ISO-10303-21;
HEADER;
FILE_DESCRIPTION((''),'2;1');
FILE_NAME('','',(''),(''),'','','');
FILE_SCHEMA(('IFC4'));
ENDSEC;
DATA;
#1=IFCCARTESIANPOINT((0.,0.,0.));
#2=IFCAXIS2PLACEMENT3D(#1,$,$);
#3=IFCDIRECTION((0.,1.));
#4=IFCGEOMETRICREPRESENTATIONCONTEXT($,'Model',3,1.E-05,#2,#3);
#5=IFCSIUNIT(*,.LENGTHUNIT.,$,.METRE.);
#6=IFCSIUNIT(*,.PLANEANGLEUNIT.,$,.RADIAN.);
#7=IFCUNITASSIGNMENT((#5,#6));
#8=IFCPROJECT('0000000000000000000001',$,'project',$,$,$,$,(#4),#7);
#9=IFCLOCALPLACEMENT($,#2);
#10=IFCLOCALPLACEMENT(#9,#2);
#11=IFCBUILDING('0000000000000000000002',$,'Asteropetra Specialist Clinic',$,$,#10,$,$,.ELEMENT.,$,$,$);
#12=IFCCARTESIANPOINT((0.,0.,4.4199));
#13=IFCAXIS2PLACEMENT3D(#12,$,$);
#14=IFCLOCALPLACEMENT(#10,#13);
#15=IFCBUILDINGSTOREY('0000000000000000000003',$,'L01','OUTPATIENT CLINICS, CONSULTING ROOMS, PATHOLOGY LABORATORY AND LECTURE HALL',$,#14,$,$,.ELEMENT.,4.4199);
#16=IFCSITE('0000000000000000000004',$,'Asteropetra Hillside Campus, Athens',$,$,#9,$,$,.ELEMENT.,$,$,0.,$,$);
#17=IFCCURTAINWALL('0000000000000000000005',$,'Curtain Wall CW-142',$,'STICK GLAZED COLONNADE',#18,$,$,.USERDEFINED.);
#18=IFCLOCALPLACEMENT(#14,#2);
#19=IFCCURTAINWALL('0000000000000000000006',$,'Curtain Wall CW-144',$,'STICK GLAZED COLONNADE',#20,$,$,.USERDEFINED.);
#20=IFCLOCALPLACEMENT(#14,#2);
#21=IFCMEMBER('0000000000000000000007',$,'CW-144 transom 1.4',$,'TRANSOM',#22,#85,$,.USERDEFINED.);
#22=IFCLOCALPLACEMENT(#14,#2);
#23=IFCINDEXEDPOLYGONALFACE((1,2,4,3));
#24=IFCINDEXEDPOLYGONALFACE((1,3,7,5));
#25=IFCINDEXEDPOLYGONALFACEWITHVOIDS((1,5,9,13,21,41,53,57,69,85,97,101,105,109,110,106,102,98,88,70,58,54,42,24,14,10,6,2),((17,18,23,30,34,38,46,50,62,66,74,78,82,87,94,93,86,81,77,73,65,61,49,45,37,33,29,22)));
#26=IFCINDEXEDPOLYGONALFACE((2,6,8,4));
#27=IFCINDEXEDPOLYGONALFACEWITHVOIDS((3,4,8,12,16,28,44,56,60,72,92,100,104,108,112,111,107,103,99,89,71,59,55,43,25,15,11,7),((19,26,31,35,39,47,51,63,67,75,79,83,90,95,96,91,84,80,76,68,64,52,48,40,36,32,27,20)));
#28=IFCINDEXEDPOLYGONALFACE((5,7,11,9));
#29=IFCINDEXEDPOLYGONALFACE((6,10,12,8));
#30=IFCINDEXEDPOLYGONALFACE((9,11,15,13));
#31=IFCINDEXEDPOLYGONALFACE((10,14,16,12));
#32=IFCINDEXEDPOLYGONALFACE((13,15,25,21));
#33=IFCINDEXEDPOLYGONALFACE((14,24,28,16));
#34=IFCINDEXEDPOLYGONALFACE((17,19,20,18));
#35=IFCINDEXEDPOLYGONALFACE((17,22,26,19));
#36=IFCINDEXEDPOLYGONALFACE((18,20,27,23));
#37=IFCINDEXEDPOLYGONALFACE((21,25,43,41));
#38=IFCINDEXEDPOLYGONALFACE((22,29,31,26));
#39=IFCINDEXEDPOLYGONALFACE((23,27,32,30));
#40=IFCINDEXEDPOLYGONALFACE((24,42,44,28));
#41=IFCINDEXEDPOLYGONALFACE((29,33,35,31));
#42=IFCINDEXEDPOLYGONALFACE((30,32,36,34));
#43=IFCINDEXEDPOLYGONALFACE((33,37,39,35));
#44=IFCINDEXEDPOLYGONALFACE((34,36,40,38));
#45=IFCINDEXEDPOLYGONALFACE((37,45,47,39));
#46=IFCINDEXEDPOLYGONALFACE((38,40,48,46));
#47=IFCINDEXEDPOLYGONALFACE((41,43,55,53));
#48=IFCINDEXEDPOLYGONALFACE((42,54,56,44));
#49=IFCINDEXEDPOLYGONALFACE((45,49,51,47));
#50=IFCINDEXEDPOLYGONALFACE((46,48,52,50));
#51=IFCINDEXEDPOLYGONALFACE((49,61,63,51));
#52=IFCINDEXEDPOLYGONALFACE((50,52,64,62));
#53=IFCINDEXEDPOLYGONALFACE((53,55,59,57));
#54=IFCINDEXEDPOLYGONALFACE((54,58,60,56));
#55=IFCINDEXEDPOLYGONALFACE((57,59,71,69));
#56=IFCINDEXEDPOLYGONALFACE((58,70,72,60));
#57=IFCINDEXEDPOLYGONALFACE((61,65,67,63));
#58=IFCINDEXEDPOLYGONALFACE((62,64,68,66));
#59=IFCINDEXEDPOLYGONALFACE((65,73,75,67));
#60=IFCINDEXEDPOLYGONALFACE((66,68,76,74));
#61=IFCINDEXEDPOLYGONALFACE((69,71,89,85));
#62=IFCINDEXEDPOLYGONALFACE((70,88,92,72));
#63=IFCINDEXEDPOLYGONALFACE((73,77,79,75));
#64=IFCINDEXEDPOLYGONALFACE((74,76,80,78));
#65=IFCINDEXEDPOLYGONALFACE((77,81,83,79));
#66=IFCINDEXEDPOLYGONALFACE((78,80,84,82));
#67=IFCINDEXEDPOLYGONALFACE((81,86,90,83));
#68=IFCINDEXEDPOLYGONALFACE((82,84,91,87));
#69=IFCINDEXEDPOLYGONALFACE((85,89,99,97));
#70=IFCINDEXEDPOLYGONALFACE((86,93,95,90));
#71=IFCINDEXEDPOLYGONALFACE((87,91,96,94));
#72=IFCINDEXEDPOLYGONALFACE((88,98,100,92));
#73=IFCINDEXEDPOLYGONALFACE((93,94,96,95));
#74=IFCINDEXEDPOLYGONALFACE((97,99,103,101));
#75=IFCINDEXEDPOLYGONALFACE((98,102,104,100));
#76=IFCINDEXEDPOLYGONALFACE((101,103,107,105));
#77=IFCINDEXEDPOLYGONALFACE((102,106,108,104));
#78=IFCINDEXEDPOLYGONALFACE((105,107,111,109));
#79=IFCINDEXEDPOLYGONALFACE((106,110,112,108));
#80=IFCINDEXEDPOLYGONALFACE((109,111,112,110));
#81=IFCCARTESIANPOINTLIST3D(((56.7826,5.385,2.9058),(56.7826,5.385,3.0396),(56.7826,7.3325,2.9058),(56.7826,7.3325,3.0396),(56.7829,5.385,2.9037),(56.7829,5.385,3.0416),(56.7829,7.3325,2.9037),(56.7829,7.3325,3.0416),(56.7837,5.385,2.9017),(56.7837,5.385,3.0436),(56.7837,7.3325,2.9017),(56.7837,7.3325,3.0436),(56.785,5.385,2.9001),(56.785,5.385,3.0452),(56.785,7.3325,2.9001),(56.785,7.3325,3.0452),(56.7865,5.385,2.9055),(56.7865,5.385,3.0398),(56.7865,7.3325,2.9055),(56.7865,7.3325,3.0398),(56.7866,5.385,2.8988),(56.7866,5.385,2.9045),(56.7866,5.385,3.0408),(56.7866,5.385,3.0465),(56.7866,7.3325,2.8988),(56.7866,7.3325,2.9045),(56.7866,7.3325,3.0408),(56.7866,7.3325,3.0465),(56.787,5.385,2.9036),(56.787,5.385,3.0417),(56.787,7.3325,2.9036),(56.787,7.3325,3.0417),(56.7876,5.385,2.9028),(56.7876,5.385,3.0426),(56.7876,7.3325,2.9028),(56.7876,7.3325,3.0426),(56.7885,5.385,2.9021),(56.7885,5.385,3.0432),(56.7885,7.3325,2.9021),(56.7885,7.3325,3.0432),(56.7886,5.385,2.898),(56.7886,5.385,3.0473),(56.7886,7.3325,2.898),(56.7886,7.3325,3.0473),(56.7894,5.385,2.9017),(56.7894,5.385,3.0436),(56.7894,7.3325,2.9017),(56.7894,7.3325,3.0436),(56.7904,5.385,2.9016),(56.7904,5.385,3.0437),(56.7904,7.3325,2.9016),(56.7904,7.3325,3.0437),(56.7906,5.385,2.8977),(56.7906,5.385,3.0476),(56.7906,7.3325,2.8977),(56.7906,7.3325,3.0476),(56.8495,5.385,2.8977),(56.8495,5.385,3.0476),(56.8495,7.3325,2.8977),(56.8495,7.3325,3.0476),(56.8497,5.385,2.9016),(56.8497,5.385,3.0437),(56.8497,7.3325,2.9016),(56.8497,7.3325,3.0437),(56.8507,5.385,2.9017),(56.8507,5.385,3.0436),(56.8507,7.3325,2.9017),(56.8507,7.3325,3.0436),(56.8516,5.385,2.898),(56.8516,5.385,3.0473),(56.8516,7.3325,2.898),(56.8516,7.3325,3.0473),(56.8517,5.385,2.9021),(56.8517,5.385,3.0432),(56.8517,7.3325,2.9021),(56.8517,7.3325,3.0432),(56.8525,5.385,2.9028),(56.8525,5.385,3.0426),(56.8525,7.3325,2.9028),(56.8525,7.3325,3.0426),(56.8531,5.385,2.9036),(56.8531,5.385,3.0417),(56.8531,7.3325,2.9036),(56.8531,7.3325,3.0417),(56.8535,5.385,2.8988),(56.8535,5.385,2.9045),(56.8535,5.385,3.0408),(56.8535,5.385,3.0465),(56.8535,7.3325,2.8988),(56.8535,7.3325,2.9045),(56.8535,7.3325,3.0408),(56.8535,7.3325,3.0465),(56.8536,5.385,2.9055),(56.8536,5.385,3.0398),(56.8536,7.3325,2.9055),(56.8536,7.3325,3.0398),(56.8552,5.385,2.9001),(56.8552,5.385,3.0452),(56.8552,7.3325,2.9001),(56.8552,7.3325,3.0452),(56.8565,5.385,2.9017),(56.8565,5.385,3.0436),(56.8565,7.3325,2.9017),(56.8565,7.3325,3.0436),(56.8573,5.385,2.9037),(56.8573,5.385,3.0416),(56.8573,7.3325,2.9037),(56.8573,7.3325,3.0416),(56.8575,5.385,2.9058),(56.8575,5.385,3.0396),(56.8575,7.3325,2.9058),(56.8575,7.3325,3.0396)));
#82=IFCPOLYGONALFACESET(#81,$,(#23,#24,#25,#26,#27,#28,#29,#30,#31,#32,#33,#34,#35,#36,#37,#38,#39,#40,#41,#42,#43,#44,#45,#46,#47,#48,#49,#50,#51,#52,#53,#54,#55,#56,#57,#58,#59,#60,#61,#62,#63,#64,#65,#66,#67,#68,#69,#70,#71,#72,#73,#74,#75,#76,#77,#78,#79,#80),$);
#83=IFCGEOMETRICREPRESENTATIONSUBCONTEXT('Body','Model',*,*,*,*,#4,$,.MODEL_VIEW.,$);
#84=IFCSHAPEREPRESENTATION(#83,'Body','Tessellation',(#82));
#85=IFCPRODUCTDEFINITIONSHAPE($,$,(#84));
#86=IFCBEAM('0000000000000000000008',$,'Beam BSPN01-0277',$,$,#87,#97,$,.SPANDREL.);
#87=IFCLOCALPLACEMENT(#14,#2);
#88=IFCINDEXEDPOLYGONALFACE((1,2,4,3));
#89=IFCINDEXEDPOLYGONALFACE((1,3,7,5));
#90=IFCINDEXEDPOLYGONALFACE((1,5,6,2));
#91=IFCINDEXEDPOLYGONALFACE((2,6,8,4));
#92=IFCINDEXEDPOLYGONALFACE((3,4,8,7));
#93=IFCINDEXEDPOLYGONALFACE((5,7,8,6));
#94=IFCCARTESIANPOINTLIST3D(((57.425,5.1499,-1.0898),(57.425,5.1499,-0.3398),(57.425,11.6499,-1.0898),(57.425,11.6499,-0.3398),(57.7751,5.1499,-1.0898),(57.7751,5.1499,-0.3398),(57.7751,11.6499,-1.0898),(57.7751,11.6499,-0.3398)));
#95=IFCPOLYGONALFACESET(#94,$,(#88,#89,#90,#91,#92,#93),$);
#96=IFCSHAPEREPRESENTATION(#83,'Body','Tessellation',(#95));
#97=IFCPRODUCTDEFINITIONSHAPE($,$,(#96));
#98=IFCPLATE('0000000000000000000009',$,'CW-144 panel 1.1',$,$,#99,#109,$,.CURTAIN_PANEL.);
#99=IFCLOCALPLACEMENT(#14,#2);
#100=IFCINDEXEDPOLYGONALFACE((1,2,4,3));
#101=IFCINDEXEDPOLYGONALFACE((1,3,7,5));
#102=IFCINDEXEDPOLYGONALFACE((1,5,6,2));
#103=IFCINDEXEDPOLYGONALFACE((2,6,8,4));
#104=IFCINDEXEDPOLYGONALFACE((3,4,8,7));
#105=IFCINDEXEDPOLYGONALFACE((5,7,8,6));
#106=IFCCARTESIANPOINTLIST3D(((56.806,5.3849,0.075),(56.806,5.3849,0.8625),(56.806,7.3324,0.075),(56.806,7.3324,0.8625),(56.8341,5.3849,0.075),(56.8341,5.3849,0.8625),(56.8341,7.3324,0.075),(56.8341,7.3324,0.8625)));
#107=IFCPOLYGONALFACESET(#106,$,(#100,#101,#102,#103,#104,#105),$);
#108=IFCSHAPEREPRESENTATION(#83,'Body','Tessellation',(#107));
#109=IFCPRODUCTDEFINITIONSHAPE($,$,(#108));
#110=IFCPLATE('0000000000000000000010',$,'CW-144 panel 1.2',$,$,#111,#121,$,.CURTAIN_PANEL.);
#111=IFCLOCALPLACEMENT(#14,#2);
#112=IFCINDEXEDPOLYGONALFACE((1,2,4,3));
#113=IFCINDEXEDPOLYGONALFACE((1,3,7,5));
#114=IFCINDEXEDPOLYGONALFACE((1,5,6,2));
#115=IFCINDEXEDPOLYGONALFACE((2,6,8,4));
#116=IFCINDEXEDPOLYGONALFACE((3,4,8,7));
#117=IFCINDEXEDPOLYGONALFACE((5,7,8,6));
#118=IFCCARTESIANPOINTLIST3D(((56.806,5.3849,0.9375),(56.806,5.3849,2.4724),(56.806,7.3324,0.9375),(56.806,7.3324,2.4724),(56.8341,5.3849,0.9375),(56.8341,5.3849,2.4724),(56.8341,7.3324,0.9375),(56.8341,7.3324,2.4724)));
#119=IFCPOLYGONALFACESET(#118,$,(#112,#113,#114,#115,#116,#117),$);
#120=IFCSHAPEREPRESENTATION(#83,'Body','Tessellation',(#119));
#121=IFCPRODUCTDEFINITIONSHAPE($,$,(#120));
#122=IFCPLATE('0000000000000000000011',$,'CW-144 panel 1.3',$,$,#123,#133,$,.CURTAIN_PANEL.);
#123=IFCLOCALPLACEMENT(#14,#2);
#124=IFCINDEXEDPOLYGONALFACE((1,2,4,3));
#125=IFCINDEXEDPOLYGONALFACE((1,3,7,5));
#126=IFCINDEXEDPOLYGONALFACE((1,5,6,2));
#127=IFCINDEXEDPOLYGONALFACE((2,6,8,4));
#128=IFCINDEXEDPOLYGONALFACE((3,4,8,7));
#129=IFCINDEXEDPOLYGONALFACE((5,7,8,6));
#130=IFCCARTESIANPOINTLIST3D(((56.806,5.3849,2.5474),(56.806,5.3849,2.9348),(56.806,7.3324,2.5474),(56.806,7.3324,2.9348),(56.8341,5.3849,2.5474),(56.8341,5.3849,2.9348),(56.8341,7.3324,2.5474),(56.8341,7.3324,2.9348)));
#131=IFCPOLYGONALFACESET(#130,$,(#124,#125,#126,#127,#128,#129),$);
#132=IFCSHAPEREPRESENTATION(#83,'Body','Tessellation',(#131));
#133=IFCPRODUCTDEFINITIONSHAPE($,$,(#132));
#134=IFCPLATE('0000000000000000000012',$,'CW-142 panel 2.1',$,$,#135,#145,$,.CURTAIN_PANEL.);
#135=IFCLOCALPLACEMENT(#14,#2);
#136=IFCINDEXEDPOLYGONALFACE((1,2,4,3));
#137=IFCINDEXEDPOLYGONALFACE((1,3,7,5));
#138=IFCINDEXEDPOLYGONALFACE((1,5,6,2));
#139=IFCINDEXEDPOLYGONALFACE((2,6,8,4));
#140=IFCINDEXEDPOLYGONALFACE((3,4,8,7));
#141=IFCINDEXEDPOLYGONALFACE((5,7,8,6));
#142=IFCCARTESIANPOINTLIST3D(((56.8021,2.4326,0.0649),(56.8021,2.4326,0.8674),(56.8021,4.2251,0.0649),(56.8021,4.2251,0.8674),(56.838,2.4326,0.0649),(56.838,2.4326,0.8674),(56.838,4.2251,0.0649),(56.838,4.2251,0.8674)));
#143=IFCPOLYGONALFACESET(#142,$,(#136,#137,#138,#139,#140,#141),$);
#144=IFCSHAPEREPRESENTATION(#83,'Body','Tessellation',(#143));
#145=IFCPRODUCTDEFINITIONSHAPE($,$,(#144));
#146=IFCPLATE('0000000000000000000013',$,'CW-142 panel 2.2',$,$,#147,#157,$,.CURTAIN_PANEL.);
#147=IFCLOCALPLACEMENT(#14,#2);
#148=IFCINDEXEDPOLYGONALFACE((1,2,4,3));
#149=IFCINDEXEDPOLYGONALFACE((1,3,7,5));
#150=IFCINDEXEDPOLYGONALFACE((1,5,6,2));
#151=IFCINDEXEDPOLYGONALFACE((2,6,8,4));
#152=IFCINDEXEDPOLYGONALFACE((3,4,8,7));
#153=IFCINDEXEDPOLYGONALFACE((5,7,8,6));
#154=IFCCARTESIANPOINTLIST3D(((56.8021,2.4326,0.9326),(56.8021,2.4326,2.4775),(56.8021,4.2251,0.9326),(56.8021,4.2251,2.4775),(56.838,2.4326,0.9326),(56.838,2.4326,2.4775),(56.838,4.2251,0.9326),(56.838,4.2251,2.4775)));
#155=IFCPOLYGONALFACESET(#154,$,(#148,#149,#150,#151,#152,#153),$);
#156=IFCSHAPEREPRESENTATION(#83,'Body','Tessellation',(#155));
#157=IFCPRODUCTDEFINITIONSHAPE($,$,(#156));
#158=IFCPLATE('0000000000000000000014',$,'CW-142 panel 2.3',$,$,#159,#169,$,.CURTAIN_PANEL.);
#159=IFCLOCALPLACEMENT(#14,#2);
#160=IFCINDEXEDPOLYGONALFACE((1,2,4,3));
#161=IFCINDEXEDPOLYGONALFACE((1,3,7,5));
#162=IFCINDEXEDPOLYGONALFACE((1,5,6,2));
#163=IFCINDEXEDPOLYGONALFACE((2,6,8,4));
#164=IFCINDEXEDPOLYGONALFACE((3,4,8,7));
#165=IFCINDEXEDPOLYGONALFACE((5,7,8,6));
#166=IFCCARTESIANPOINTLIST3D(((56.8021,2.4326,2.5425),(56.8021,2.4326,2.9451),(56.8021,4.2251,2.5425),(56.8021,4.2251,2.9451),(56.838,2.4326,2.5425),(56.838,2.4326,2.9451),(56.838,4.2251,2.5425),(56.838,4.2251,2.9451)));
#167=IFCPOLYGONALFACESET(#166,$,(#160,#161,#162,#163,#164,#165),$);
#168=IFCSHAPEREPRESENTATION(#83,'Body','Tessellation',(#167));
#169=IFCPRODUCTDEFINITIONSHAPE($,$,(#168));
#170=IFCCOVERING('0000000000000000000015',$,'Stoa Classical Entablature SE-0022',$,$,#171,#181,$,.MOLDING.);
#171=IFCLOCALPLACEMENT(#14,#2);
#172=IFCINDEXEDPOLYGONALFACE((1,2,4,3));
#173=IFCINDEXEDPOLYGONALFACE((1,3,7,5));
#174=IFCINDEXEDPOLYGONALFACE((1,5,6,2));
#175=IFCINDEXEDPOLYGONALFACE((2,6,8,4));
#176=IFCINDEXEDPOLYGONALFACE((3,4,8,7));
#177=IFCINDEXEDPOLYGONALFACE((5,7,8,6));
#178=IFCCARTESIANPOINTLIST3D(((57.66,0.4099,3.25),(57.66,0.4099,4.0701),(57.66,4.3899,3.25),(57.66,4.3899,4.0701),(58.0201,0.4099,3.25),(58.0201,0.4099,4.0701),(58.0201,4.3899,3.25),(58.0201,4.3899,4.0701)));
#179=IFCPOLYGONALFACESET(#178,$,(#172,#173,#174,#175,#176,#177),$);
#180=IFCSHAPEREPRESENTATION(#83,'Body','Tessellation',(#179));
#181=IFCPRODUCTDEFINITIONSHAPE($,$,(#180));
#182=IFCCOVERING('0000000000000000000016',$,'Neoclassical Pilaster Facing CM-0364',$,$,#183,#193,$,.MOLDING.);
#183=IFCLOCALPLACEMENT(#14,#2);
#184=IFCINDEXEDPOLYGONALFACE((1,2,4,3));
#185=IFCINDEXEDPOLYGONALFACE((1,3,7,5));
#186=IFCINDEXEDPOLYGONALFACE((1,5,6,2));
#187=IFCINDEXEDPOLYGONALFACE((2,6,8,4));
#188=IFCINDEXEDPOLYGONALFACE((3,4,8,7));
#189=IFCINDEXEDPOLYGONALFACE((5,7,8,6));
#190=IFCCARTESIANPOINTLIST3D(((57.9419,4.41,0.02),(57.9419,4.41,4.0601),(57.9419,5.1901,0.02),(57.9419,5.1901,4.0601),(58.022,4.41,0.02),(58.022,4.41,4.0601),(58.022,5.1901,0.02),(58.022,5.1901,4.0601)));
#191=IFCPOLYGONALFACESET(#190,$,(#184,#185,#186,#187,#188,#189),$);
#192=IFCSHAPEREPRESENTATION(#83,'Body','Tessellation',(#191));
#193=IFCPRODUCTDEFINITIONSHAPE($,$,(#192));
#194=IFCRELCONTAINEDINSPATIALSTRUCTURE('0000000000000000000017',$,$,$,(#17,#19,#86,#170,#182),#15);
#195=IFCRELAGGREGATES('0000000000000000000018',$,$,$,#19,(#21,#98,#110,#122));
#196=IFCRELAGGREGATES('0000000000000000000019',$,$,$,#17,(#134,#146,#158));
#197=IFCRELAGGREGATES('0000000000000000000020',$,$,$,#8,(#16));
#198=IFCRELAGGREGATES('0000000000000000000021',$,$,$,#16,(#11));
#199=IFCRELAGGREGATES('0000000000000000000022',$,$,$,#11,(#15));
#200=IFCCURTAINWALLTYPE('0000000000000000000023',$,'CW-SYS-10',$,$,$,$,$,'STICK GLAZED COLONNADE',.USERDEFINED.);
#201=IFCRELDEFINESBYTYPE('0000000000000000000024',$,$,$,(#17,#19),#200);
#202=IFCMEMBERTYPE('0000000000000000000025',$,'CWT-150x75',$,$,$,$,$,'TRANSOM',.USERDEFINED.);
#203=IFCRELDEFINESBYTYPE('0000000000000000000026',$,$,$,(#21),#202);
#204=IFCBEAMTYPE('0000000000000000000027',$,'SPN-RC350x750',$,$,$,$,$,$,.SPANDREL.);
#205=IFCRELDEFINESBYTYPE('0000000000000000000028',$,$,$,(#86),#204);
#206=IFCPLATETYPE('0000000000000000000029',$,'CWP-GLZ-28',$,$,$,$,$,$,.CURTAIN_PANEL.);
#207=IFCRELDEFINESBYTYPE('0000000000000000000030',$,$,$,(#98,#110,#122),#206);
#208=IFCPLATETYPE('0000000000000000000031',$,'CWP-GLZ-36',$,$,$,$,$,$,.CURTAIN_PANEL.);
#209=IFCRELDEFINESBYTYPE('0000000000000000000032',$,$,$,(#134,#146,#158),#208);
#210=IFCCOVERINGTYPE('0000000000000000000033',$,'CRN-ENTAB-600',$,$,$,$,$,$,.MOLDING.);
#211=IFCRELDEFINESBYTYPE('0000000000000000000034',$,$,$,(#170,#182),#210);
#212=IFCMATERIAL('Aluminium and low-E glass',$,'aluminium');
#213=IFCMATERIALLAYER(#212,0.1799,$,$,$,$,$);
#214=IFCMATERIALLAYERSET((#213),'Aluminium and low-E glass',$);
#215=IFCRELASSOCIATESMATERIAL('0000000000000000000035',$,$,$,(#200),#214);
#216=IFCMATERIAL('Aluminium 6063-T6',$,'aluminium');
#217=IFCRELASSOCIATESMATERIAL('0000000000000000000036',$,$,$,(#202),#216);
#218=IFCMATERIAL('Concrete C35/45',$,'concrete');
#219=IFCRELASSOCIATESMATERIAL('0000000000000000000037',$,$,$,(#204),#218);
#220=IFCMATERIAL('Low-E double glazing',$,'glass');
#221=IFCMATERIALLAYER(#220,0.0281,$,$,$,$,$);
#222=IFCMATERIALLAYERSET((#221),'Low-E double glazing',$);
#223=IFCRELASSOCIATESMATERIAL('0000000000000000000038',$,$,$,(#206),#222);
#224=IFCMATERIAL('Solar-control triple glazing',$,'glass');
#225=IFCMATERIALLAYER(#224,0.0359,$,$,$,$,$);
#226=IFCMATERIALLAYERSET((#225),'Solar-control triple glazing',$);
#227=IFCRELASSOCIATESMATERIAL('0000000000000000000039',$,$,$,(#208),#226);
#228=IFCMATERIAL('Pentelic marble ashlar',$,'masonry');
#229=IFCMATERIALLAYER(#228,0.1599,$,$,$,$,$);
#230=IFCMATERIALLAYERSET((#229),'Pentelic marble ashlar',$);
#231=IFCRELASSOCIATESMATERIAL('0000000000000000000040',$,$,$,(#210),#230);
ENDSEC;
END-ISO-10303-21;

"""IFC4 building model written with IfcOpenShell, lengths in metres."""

from ifc_helpers import new_model, si_unit, direction, frame, origin, origin_2d, place, context, subcontext, project, spatial, rectangle, hollow_rectangle, extrude, material, layer, layer_set, material_profile, profile_set, type_object, element, aggregate, save


model = new_model("IFC4")

# Units and contexts
model_context = context("Model", 3, precision=1e-05, world=origin(), true_north=direction((0.0, 1.0)))
body_context = subcontext(model_context, "Body", "Model", "MODEL_VIEW")
ifc_project = project(units=[si_unit("LENGTHUNIT", "METRE"), si_unit("PLANEANGLEUNIT", "RADIAN")], contexts=[model_context])

# Site, building, storey
site_placement = place(None, origin())
site = spatial("IfcSite", under=ifc_project, at=site_placement, Name="Asteropetra Hillside Campus, Athens", CompositionType="ELEMENT", RefElevation=0.0)
building_placement = place(site_placement, origin())
building = spatial("IfcBuilding", under=site, at=building_placement, Name="Asteropetra Specialist Clinic", CompositionType="ELEMENT")
storey_placement = place(building_placement, frame((0.0, 0.0, 4.4199)))
storey = spatial("IfcBuildingStorey", under=building, at=storey_placement, Name="L01", Description="OUTPATIENT CLINICS, CONSULTING ROOMS, PATHOLOGY LABORATORY AND LECTURE HALL", CompositionType="ELEMENT", Elevation=4.4199)

# Curtain wall
ifc_material_1 = material(Name="Aluminium and low-E glass", Category="aluminium")
ifc_layer_1 = layer(ifc_material_1, 0.1799)
ifc_layer_set_1 = layer_set([ifc_layer_1], Name="Aluminium and low-E glass")
curtain_wall_type = type_object("IfcCurtainWallType", Name="CW-SYS-10", ElementType="STICK GLAZED COLONNADE", PredefinedType="USERDEFINED", material=ifc_layer_set_1)
curtain_wall_1_placement = place(storey_placement, origin())
curtain_wall_1 = element("IfcCurtainWall", 1, at=curtain_wall_1_placement, inside=storey, type_object=curtain_wall_type, Name="Curtain Wall CW-142", ObjectType="STICK GLAZED COLONNADE", PredefinedType="USERDEFINED")

# Curtain wall
curtain_wall_2_placement = place(storey_placement, origin())
curtain_wall_2 = element("IfcCurtainWall", 2, at=curtain_wall_2_placement, inside=storey, type_object=curtain_wall_type, Name="Curtain Wall CW-144", ObjectType="STICK GLAZED COLONNADE", PredefinedType="USERDEFINED")

# Member
ifc_material_2 = material(Name="Aluminium 6063-T6", Category="aluminium")
ifc_material_profile_1 = material_profile(ifc_material_2, hollow_rectangle(XDim=0.075, YDim=0.1499, WallThickness=0.0039, InnerFilletRadius=0.0039, OuterFilletRadius=0.0081, at=origin_2d()), Name="TRN 150x75x4.0")
ifc_profile_set_1 = profile_set([ifc_material_profile_1], Name="Aluminium 6063-T6")
member_type_1 = type_object("IfcMemberType", Name="CWT-150x75", ElementType="TRANSOM", PredefinedType="USERDEFINED", material=ifc_profile_set_1)
member_1_placement = place(storey_placement, frame((56.8201, 5.385, 2.9727), z_axis=(0.0, 1.0, 0.0), x_axis=(-1.0, 0.0, 0.0)))
member_1 = element("IfcMember", 3, at=member_1_placement, type_object=member_type_1, Name="CW-144 transom 1.4", ObjectType="TRANSOM", PredefinedType="USERDEFINED", context=body_context, shape_type="SweptSolid", body=[
    extrude(hollow_rectangle(XDim=0.075, YDim=0.1499, WallThickness=0.0039, InnerFilletRadius=0.0039, OuterFilletRadius=0.0081, at=origin_2d()), origin(), (0.0, 0.0, 1.0), 1.9475),
])

# Beam
ifc_material_3 = material(Name="Concrete C35/45", Category="concrete")
ifc_material_profile_2 = material_profile(ifc_material_3, rectangle(XDim=0.3501, YDim=0.75, at=origin_2d()), Name="RCS 350x750")
ifc_profile_set_2 = profile_set([ifc_material_profile_2], Name="Concrete C35/45")
beam_type = type_object("IfcBeamType", Name="SPN-RC350x750", PredefinedType="SPANDREL", material=ifc_profile_set_2)
beam_placement = place(storey_placement, frame((57.6001, 5.1499, -0.7148), z_axis=(0.0, 1.0, 0.0), x_axis=(-1.0, 0.0, 0.0)))
element("IfcBeam", 4, at=beam_placement, inside=storey, type_object=beam_type, Name="Beam BSPN01-0277", PredefinedType="SPANDREL", context=body_context, shape_type="SweptSolid", body=[
    extrude(rectangle(XDim=0.3501, YDim=0.75, at=origin_2d()), origin(), (0.0, 0.0, 1.0), 6.5),
])

# Plates
ifc_material_4 = material(Name="Low-E double glazing", Category="glass")
ifc_layer_2 = layer(ifc_material_4, 0.0281)
ifc_layer_set_2 = layer_set([ifc_layer_2], Name="Low-E double glazing")
plate_type_1 = type_object("IfcPlateType", Name="CWP-GLZ-28", PredefinedType="CURTAIN_PANEL", material=ifc_layer_set_2)
plate_1_placement = place(storey_placement, frame((56.8201, 6.3586, 0.075), z_axis=(0.0, 0.0, 1.0), x_axis=(0.0, 1.0, 0.0)))
plate_1 = element("IfcPlate", 5, at=plate_1_placement, type_object=plate_type_1, Name="CW-144 panel 1.1", PredefinedType="CURTAIN_PANEL", context=body_context, shape_type="SweptSolid", body=[
    extrude(rectangle(XDim=1.9475, YDim=0.0281, at=origin_2d()), origin(), (0.0, 0.0, 1.0), 0.7876),
])
plate_2_placement = place(storey_placement, frame((56.8201, 6.3586, 0.9375), z_axis=(0.0, 0.0, 1.0), x_axis=(0.0, 1.0, 0.0)))
plate_2 = element("IfcPlate", 6, at=plate_2_placement, type_object=plate_type_1, Name="CW-144 panel 1.2", PredefinedType="CURTAIN_PANEL", context=body_context, shape_type="SweptSolid", body=[
    extrude(rectangle(XDim=1.9475, YDim=0.0281, at=origin_2d()), origin(), (0.0, 0.0, 1.0), 1.5349),
])
plate_3_placement = place(storey_placement, frame((56.8201, 6.3586, 2.5474), z_axis=(0.0, 0.0, 1.0), x_axis=(0.0, 1.0, 0.0)))
plate_3 = element("IfcPlate", 7, at=plate_3_placement, type_object=plate_type_1, Name="CW-144 panel 1.3", PredefinedType="CURTAIN_PANEL", context=body_context, shape_type="SweptSolid", body=[
    extrude(rectangle(XDim=1.9475, YDim=0.0281, at=origin_2d()), origin(), (0.0, 0.0, 1.0), 0.3875),
])
aggregate(curtain_wall_2, [member_1, plate_1, plate_2, plate_3])
ifc_material_5 = material(Name="Solar-control triple glazing", Category="glass")
ifc_layer_3 = layer(ifc_material_5, 0.0359)
ifc_layer_set_3 = layer_set([ifc_layer_3], Name="Solar-control triple glazing")
plate_type_2 = type_object("IfcPlateType", Name="CWP-GLZ-36", PredefinedType="CURTAIN_PANEL", material=ifc_layer_set_3)
plate_4_placement = place(storey_placement, frame((56.8201, 3.3289, 0.0649), z_axis=(0.0, 0.0, 1.0), x_axis=(0.0, 1.0, 0.0)))
plate_4 = element("IfcPlate", 8, at=plate_4_placement, type_object=plate_type_2, Name="CW-142 panel 2.1", PredefinedType="CURTAIN_PANEL", context=body_context, shape_type="SweptSolid", body=[
    extrude(rectangle(XDim=1.7925, YDim=0.0359, at=origin_2d()), origin(), (0.0, 0.0, 1.0), 0.8025),
])
plate_5_placement = place(storey_placement, frame((56.8201, 3.3289, 0.9326), z_axis=(0.0, 0.0, 1.0), x_axis=(0.0, 1.0, 0.0)))
plate_5 = element("IfcPlate", 9, at=plate_5_placement, type_object=plate_type_2, Name="CW-142 panel 2.2", PredefinedType="CURTAIN_PANEL", context=body_context, shape_type="SweptSolid", body=[
    extrude(rectangle(XDim=1.7925, YDim=0.0359, at=origin_2d()), origin(), (0.0, 0.0, 1.0), 1.5449),
])
plate_6_placement = place(storey_placement, frame((56.8201, 3.3289, 2.5425), z_axis=(0.0, 0.0, 1.0), x_axis=(0.0, 1.0, 0.0)))
plate_6 = element("IfcPlate", 10, at=plate_6_placement, type_object=plate_type_2, Name="CW-142 panel 2.3", PredefinedType="CURTAIN_PANEL", context=body_context, shape_type="SweptSolid", body=[
    extrude(rectangle(XDim=1.7925, YDim=0.0359, at=origin_2d()), origin(), (0.0, 0.0, 1.0), 0.4026),
])
aggregate(curtain_wall_1, [plate_4, plate_5, plate_6])

# Coverings
ifc_material_6 = material(Name="Pentelic marble ashlar", Category="masonry")
ifc_layer_4 = layer(ifc_material_6, 0.1599)
ifc_layer_set_4 = layer_set([ifc_layer_4], Name="Pentelic marble ashlar")
covering_type = type_object("IfcCoveringType", Name="CRN-ENTAB-600", PredefinedType="MOLDING", material=ifc_layer_set_4)
covering_1_placement = place(storey_placement, frame((57.8401, 2.3999, 3.25), z_axis=(0.0, 0.0, 1.0), x_axis=(1.0, 0.0, 0.0)))
element("IfcCovering", 11, at=covering_1_placement, inside=storey, type_object=covering_type, Name="Stoa Classical Entablature SE-0022", PredefinedType="MOLDING", context=body_context, shape_type="SweptSolid", body=[
    extrude(rectangle(XDim=0.3601, YDim=3.98, at=origin_2d()), origin(), (0.0, 0.0, 1.0), 0.8201),
])
covering_2_placement = place(storey_placement, frame((57.9819, 4.8, 0.02), z_axis=(0.0, 0.0, 1.0), x_axis=(1.0, 0.0, 0.0)))
element("IfcCovering", 12, at=covering_2_placement, inside=storey, type_object=covering_type, Name="Neoclassical Pilaster Facing CM-0364", PredefinedType="MOLDING", context=body_context, shape_type="SweptSolid", body=[
    extrude(rectangle(XDim=0.0801, YDim=0.78, at=origin_2d()), origin(), (0.0, 0.0, 1.0), 4.04),
])

save(model, "model.ifc")
